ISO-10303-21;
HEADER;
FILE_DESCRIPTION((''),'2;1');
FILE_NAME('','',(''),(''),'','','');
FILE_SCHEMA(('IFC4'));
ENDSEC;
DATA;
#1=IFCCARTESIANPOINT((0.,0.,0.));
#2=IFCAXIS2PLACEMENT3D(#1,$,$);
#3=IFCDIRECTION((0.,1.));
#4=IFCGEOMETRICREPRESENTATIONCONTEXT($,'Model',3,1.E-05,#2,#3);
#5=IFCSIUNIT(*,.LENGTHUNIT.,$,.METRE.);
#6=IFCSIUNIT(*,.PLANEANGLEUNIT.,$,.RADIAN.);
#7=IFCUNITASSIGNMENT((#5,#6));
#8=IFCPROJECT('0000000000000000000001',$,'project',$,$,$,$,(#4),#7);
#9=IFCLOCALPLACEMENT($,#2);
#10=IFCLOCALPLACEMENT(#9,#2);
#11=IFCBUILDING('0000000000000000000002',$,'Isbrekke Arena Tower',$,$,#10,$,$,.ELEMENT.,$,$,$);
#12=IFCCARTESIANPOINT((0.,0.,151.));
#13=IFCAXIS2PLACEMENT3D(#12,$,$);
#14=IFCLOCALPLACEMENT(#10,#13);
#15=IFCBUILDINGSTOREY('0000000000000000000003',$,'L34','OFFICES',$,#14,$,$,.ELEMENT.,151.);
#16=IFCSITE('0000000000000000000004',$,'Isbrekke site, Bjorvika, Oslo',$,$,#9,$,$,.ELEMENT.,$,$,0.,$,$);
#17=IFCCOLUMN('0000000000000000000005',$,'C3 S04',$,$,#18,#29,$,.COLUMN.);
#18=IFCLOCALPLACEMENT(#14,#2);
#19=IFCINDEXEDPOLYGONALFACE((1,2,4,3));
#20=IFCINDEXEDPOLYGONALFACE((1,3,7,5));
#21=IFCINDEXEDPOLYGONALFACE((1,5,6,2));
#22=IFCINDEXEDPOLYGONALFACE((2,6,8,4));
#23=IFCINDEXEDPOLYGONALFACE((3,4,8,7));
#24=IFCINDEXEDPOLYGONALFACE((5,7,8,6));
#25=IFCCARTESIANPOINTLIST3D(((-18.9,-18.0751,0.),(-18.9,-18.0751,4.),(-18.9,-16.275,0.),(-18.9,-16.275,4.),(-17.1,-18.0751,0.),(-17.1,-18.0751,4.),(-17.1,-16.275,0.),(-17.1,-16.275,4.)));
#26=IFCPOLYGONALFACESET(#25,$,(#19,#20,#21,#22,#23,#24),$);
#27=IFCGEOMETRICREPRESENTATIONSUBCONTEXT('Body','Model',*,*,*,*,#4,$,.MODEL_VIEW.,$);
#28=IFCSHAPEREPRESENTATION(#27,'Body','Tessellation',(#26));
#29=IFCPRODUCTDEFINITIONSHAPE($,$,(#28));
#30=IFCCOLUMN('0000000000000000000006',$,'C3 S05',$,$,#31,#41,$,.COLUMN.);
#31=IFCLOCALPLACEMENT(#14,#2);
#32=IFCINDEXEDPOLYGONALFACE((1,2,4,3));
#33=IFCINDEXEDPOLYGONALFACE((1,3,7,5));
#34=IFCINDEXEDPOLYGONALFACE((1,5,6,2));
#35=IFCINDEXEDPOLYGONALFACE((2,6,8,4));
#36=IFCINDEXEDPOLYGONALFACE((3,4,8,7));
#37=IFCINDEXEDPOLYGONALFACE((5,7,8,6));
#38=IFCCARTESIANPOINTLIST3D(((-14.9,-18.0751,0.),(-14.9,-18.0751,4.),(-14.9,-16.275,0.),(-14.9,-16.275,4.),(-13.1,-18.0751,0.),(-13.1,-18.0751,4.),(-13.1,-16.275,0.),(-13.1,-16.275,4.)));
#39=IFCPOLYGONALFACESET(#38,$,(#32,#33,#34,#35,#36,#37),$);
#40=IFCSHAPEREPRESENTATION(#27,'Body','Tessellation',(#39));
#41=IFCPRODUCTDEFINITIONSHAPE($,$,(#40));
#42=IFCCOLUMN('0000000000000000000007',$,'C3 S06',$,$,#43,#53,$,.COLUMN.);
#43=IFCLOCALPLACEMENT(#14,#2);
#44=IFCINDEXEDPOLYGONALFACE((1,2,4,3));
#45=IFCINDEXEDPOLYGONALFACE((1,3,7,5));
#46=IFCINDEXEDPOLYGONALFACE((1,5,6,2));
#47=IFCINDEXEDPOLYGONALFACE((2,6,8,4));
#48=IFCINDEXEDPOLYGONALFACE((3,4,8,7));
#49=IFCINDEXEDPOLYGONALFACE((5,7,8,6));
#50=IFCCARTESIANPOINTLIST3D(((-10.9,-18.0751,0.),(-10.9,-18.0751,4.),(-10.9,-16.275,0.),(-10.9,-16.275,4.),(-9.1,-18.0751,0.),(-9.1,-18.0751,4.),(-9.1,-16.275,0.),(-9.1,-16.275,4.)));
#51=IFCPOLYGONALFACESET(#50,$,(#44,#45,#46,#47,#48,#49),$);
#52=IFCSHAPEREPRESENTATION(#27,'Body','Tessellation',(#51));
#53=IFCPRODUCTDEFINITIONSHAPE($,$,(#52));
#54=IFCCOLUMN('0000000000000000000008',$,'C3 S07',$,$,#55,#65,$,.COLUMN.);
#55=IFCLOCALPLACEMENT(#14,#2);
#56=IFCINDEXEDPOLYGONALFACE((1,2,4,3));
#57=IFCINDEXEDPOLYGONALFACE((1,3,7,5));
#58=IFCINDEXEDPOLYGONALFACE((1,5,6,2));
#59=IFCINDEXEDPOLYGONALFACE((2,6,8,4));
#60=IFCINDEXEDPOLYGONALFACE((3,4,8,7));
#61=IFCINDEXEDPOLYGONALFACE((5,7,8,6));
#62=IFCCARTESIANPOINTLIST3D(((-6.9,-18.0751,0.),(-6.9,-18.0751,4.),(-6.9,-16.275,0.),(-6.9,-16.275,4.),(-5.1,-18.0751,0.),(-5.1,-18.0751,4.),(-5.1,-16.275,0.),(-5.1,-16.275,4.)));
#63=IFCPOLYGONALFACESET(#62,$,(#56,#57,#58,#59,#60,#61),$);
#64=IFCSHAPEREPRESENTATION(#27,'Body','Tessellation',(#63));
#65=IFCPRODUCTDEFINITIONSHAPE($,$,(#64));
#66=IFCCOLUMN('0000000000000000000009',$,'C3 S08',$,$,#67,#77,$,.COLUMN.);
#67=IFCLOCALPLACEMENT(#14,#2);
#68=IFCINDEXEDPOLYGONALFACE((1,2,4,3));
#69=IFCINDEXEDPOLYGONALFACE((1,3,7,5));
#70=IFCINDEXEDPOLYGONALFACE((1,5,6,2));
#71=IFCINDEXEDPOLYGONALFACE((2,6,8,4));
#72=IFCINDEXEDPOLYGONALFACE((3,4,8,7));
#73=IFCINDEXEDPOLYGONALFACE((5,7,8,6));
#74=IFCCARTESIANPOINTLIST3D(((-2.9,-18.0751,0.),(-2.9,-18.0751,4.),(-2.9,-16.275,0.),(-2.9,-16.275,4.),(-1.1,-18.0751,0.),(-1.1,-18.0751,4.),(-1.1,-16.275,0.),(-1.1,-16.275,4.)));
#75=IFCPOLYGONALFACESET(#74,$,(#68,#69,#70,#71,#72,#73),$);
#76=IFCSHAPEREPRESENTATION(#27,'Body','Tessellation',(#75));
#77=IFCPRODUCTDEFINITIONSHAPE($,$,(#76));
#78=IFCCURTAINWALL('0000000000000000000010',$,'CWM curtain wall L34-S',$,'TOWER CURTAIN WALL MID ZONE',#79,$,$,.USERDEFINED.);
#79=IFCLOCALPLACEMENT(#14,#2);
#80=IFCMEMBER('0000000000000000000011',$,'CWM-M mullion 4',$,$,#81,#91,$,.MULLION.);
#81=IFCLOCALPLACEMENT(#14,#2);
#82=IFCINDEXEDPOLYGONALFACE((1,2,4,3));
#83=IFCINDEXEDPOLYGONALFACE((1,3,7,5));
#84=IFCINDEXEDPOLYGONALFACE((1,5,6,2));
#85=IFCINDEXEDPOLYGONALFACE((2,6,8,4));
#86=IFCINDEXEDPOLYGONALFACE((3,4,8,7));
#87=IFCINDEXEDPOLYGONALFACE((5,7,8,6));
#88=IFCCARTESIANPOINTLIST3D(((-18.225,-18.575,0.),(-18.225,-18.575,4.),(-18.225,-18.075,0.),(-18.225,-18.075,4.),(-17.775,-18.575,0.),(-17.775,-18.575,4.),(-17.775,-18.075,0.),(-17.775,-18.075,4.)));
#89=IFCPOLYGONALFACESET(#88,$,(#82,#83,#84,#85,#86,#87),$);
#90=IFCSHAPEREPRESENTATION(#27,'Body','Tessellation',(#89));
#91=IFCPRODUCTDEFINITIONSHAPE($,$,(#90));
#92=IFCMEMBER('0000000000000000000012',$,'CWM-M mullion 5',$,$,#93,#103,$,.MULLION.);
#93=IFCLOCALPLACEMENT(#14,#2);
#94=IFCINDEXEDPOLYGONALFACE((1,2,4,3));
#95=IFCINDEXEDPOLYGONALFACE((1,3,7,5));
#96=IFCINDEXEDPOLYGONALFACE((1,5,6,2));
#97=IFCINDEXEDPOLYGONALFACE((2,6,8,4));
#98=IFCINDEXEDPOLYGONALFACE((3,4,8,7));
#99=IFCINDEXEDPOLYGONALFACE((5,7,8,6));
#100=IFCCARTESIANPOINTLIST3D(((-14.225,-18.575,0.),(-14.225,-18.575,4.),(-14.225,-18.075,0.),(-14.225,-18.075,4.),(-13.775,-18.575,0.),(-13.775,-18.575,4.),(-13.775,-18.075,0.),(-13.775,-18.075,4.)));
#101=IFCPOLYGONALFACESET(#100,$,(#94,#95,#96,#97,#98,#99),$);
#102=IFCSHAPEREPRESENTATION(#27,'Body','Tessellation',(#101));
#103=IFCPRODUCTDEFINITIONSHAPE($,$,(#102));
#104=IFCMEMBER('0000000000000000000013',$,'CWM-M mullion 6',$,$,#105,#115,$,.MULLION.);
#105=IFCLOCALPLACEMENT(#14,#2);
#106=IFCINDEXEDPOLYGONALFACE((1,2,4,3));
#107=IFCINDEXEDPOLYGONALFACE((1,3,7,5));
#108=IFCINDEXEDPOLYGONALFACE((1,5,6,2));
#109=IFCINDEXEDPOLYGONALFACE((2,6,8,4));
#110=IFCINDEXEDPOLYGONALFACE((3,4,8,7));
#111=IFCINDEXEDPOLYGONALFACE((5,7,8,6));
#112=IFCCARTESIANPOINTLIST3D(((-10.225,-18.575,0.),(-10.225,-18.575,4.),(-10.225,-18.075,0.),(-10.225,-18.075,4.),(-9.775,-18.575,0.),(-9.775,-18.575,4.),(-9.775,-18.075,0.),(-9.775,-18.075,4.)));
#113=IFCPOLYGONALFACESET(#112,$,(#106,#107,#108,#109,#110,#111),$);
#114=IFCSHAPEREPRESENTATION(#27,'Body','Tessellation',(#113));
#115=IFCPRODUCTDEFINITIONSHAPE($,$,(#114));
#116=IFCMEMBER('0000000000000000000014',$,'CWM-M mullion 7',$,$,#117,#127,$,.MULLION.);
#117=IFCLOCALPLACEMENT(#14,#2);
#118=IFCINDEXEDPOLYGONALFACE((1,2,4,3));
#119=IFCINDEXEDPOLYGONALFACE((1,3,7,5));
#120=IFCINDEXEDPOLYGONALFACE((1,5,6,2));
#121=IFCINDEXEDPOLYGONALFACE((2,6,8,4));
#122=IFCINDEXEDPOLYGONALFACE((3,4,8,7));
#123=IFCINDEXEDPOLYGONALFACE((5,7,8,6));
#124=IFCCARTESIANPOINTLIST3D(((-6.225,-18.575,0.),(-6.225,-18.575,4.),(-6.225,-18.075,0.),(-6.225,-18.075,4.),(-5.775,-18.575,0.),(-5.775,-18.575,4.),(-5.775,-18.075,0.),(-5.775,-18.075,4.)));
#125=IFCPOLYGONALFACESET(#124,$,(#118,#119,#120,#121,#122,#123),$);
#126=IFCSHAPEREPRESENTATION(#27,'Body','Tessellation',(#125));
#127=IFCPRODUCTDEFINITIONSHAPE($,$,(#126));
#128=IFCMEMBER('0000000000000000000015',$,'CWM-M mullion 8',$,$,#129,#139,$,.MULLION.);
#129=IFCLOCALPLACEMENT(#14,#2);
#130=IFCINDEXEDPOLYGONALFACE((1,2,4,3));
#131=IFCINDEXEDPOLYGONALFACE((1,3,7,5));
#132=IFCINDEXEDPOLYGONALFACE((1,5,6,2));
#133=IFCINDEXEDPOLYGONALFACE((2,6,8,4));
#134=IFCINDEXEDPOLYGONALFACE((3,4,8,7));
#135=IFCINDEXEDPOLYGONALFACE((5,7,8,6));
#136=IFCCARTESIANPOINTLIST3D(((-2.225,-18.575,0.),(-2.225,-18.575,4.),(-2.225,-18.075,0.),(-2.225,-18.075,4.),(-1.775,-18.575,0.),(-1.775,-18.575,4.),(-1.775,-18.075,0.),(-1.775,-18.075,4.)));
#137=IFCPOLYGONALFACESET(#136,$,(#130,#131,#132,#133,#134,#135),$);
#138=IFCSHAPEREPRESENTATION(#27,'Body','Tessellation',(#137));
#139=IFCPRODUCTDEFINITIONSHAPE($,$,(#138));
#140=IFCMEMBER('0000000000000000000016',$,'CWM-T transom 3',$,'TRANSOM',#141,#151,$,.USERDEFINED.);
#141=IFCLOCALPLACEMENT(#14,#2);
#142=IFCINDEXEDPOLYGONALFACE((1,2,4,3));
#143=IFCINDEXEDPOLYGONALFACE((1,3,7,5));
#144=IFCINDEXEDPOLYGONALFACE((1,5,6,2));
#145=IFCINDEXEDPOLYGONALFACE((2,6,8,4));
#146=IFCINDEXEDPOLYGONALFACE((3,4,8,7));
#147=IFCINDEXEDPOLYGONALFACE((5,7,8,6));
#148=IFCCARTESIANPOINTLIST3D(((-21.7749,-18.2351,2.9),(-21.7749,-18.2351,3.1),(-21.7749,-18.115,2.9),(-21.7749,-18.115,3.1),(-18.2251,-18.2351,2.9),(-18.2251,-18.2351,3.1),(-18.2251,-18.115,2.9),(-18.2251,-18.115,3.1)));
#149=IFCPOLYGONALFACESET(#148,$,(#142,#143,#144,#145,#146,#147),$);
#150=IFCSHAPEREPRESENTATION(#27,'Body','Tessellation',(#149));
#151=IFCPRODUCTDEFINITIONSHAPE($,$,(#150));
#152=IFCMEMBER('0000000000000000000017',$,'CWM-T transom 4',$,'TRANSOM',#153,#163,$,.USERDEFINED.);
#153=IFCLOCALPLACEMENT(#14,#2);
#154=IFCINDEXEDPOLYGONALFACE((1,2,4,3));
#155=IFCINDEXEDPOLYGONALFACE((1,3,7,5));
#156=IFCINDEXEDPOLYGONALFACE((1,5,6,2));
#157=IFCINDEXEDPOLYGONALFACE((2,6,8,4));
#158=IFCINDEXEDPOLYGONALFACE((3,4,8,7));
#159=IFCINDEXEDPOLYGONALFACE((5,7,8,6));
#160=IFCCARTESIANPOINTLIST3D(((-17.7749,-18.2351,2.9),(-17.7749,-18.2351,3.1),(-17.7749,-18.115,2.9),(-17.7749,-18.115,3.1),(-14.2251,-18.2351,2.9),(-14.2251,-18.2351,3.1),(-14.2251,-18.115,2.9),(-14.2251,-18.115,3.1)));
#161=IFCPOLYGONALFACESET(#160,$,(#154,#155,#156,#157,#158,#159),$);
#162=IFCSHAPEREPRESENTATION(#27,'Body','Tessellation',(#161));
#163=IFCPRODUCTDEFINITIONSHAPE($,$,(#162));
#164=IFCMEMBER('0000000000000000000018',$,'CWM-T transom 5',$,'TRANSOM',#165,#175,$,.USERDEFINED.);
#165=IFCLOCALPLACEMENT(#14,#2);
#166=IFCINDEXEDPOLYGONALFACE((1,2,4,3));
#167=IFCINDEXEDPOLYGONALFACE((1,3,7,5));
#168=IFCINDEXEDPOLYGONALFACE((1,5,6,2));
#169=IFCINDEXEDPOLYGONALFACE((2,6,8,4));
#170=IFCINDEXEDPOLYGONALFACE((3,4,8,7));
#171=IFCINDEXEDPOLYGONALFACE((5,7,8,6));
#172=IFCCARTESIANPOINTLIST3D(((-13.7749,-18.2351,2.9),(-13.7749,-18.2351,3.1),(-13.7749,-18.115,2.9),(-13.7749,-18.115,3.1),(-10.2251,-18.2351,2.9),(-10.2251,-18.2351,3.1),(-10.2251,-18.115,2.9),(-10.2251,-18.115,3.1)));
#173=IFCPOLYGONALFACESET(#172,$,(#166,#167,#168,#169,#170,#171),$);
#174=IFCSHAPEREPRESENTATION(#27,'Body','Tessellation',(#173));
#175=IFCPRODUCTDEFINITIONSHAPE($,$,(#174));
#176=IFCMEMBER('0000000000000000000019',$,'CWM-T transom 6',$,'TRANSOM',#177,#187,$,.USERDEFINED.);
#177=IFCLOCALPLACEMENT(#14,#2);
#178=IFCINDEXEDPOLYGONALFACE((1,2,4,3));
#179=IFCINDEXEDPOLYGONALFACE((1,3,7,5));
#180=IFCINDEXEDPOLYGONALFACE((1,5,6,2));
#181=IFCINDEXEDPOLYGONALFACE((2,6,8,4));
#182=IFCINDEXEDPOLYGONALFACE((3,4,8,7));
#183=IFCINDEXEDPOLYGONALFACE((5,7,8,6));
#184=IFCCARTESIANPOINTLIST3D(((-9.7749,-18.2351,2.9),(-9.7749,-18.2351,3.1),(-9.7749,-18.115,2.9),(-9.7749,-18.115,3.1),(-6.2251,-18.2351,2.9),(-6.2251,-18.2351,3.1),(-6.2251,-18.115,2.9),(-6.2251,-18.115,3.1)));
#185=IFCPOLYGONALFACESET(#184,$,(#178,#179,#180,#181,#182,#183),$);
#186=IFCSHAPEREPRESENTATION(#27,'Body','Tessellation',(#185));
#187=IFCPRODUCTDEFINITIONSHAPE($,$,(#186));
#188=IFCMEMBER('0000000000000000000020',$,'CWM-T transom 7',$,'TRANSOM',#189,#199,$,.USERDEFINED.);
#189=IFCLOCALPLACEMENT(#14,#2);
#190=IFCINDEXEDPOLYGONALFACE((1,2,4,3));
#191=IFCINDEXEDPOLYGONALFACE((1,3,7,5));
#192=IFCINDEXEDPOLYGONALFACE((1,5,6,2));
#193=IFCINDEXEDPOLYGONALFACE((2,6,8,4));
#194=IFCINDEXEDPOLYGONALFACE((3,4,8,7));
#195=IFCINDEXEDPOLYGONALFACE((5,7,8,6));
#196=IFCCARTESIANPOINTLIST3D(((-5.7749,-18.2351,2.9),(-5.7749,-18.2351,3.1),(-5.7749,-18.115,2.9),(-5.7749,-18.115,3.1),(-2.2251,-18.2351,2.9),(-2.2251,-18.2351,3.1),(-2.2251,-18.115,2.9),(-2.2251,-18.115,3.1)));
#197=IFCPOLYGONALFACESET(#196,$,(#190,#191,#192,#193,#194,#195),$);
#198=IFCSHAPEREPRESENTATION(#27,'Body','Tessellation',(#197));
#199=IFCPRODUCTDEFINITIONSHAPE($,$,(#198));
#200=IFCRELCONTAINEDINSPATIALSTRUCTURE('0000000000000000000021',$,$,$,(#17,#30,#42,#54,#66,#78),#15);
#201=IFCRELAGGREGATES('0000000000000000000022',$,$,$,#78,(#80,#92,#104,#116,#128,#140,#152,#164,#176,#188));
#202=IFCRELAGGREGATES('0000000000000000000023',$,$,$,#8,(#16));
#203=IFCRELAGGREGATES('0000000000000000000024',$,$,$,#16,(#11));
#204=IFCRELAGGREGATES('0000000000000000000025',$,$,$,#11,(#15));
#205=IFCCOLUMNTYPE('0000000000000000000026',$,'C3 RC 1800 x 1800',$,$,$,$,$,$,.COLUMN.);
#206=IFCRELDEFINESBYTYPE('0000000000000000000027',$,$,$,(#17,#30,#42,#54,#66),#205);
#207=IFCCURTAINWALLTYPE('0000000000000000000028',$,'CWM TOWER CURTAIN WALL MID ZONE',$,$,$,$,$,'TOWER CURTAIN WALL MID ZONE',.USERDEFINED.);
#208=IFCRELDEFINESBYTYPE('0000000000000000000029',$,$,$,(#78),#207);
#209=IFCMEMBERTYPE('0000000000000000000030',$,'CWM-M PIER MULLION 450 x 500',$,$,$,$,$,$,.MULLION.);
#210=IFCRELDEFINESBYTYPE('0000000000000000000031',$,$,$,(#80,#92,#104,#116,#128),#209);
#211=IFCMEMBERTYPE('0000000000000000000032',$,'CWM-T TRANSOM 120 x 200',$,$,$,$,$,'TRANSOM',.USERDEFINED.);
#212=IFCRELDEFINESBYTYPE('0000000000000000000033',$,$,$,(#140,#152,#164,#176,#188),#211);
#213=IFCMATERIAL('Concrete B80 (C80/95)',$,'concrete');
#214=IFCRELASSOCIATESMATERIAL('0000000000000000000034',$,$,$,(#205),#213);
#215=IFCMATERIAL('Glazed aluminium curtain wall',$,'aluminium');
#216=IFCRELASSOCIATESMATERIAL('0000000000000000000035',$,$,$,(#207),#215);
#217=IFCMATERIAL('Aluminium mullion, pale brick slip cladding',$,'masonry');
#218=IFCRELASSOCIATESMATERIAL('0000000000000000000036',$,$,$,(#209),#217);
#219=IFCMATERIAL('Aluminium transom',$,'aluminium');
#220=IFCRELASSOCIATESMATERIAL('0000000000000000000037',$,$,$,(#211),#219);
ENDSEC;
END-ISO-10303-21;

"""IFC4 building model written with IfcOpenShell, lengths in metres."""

from ifc_helpers import new_model, si_unit, direction, frame, origin, origin_2d, place, context, subcontext, project, spatial, rectangle, extrude, material, material_profile, profile_set, type_object, element, aggregate, save


model = new_model("IFC4")

# Units and contexts
model_context = context("Model", 3, precision=1e-05, world=origin(), true_north=direction((0.0, 1.0)))
body_context = subcontext(model_context, "Body", "Model", "MODEL_VIEW")
ifc_project = project(units=[si_unit("LENGTHUNIT", "METRE"), si_unit("PLANEANGLEUNIT", "RADIAN")], contexts=[model_context])

# Site, building, storey
site_placement = place(None, origin())
site = spatial("IfcSite", under=ifc_project, at=site_placement, Name="Isbrekke site, Bjorvika, Oslo", CompositionType="ELEMENT", RefElevation=0.0)
building_placement = place(site_placement, origin())
building = spatial("IfcBuilding", under=site, at=building_placement, Name="Isbrekke Arena Tower", CompositionType="ELEMENT")
storey_placement = place(building_placement, frame((0.0, 0.0, 151.0)))
storey = spatial("IfcBuildingStorey", under=building, at=storey_placement, Name="L34", Description="OFFICES", CompositionType="ELEMENT", Elevation=151.0)

# Columns
ifc_material_1 = material(Name="Concrete B80 (C80/95)", Category="concrete")
ifc_material_profile_1 = material_profile(ifc_material_1, rectangle(XDim=1.8, YDim=1.8, at=origin_2d()), Name="RC 1800x1800")
ifc_profile_set_1 = profile_set([ifc_material_profile_1], Name="Concrete B80 (C80/95)")
column_type = type_object("IfcColumnType", Name="C3 RC 1800 x 1800", PredefinedType="COLUMN", material=ifc_profile_set_1)
for number, where, z_axis, x_axis, name in (
    (1, (-18.0, -17.175, 0.0), (0.0, 0.0, 1.0), (1.0, 0.0, 0.0), "C3 S04"),
    (2, (-14.0, -17.175, 0.0), (0.0, 0.0, 1.0), (1.0, 0.0, 0.0), "C3 S05"),
    (3, (-10.0, -17.175, 0.0), (0.0, 0.0, 1.0), (1.0, 0.0, 0.0), "C3 S06"),
    (4, (-6.0, -17.175, 0.0), (0.0, 0.0, 1.0), (1.0, 0.0, 0.0), "C3 S07"),
    (5, (-2.0, -17.175, 0.0), (0.0, 0.0, 1.0), (1.0, 0.0, 0.0), "C3 S08"),
):
    element("IfcColumn", number, at=place(storey_placement, frame(where, z_axis=z_axis, x_axis=x_axis)), inside=storey, type_object=column_type, Name=name, PredefinedType="COLUMN", context=body_context, shape_type="SweptSolid", body=[
        extrude(rectangle(XDim=1.8, YDim=1.8, at=origin_2d()), origin(), (0.0, 0.0, 1.0), 4.0),
    ])

# Curtain wall, members
ifc_material_2 = material(Name="Glazed aluminium curtain wall", Category="aluminium")
curtain_wall_type = type_object("IfcCurtainWallType", Name="CWM TOWER CURTAIN WALL MID ZONE", ElementType="TOWER CURTAIN WALL MID ZONE", PredefinedType="USERDEFINED", material=ifc_material_2)
curtain_wall_placement = place(storey_placement, origin())
curtain_wall = element("IfcCurtainWall", 6, at=curtain_wall_placement, inside=storey, type_object=curtain_wall_type, Name="CWM curtain wall L34-S", ObjectType="TOWER CURTAIN WALL MID ZONE", PredefinedType="USERDEFINED")
ifc_material_3 = material(Name="Aluminium mullion, pale brick slip cladding", Category="masonry")
ifc_material_profile_2 = material_profile(ifc_material_3, rectangle(XDim=0.45, YDim=0.5, at=origin_2d()), Name="PIER 450X500")
ifc_profile_set_2 = profile_set([ifc_material_profile_2], Name="Aluminium mullion, pale brick slip cladding")
member_type_1 = type_object("IfcMemberType", Name="CWM-M PIER MULLION 450 x 500", PredefinedType="MULLION", material=ifc_profile_set_2)
member_1_placement = place(storey_placement, frame((-18.0, -18.325, 0.0), z_axis=(0.0, 0.0, 1.0), x_axis=(1.0, 0.0, 0.0)))
member_1 = element("IfcMember", 7, at=member_1_placement, type_object=member_type_1, Name="CWM-M mullion 4", PredefinedType="MULLION", context=body_context, shape_type="SweptSolid", body=[
    extrude(rectangle(XDim=0.45, YDim=0.5, at=origin_2d()), origin(), (0.0, 0.0, 1.0), 4.0),
])
member_2_placement = place(storey_placement, frame((-14.0, -18.325, 0.0), z_axis=(0.0, 0.0, 1.0), x_axis=(1.0, 0.0, 0.0)))
member_2 = element("IfcMember", 8, at=member_2_placement, type_object=member_type_1, Name="CWM-M mullion 5", PredefinedType="MULLION", context=body_context, shape_type="SweptSolid", body=[
    extrude(rectangle(XDim=0.45, YDim=0.5, at=origin_2d()), origin(), (0.0, 0.0, 1.0), 4.0),
])
member_3_placement = place(storey_placement, frame((-10.0, -18.325, 0.0), z_axis=(0.0, 0.0, 1.0), x_axis=(1.0, 0.0, 0.0)))
member_3 = element("IfcMember", 9, at=member_3_placement, type_object=member_type_1, Name="CWM-M mullion 6", PredefinedType="MULLION", context=body_context, shape_type="SweptSolid", body=[
    extrude(rectangle(XDim=0.45, YDim=0.5, at=origin_2d()), origin(), (0.0, 0.0, 1.0), 4.0),
])
member_4_placement = place(storey_placement, frame((-6.0, -18.325, 0.0), z_axis=(0.0, 0.0, 1.0), x_axis=(1.0, 0.0, 0.0)))
member_4 = element("IfcMember", 10, at=member_4_placement, type_object=member_type_1, Name="CWM-M mullion 7", PredefinedType="MULLION", context=body_context, shape_type="SweptSolid", body=[
    extrude(rectangle(XDim=0.45, YDim=0.5, at=origin_2d()), origin(), (0.0, 0.0, 1.0), 4.0),
])
member_5_placement = place(storey_placement, frame((-2.0, -18.325, 0.0), z_axis=(0.0, 0.0, 1.0), x_axis=(1.0, 0.0, 0.0)))
member_5 = element("IfcMember", 11, at=member_5_placement, type_object=member_type_1, Name="CWM-M mullion 8", PredefinedType="MULLION", context=body_context, shape_type="SweptSolid", body=[
    extrude(rectangle(XDim=0.45, YDim=0.5, at=origin_2d()), origin(), (0.0, 0.0, 1.0), 4.0),
])
ifc_material_4 = material(Name="Aluminium transom", Category="aluminium")
ifc_material_profile_3 = material_profile(ifc_material_4, rectangle(XDim=0.1201, YDim=0.2, at=origin_2d()), Name="TRANSOM 120X200")
ifc_profile_set_3 = profile_set([ifc_material_profile_3], Name="Aluminium transom")
member_type_2 = type_object("IfcMemberType", Name="CWM-T TRANSOM 120 x 200", ElementType="TRANSOM", PredefinedType="USERDEFINED", material=ifc_profile_set_3)
member_6_placement = place(storey_placement, frame((-21.7749, -18.175, 3.0), z_axis=(1.0, 0.0, 0.0), x_axis=(0.0, 1.0, 0.0)))
member_6 = element("IfcMember", 12, at=member_6_placement, type_object=member_type_2, Name="CWM-T transom 3", ObjectType="TRANSOM", PredefinedType="USERDEFINED", context=body_context, shape_type="SweptSolid", body=[
    extrude(rectangle(XDim=0.1201, YDim=0.2, at=origin_2d()), origin(), (0.0, 0.0, 1.0), 3.5498),
])
member_7_placement = place(storey_placement, frame((-17.7749, -18.175, 3.0), z_axis=(1.0, 0.0, 0.0), x_axis=(0.0, 1.0, 0.0)))
member_7 = element("IfcMember", 13, at=member_7_placement, type_object=member_type_2, Name="CWM-T transom 4", ObjectType="TRANSOM", PredefinedType="USERDEFINED", context=body_context, shape_type="SweptSolid", body=[
    extrude(rectangle(XDim=0.1201, YDim=0.2, at=origin_2d()), origin(), (0.0, 0.0, 1.0), 3.5498),
])
member_8_placement = place(storey_placement, frame((-13.7749, -18.175, 3.0), z_axis=(1.0, 0.0, 0.0), x_axis=(0.0, 1.0, 0.0)))
member_8 = element("IfcMember", 14, at=member_8_placement, type_object=member_type_2, Name="CWM-T transom 5", ObjectType="TRANSOM", PredefinedType="USERDEFINED", context=body_context, shape_type="SweptSolid", body=[
    extrude(rectangle(XDim=0.1201, YDim=0.2, at=origin_2d()), origin(), (0.0, 0.0, 1.0), 3.5498),
])
member_9_placement = place(storey_placement, frame((-9.7749, -18.175, 3.0), z_axis=(1.0, 0.0, 0.0), x_axis=(0.0, 1.0, 0.0)))
member_9 = element("IfcMember", 15, at=member_9_placement, type_object=member_type_2, Name="CWM-T transom 6", ObjectType="TRANSOM", PredefinedType="USERDEFINED", context=body_context, shape_type="SweptSolid", body=[
    extrude(rectangle(XDim=0.1201, YDim=0.2, at=origin_2d()), origin(), (0.0, 0.0, 1.0), 3.5498),
])
member_10_placement = place(storey_placement, frame((-5.7749, -18.175, 3.0), z_axis=(1.0, 0.0, 0.0), x_axis=(0.0, 1.0, 0.0)))
member_10 = element("IfcMember", 16, at=member_10_placement, type_object=member_type_2, Name="CWM-T transom 7", ObjectType="TRANSOM", PredefinedType="USERDEFINED", context=body_context, shape_type="SweptSolid", body=[
    extrude(rectangle(XDim=0.1201, YDim=0.2, at=origin_2d()), origin(), (0.0, 0.0, 1.0), 3.5498),
])

aggregate(curtain_wall, [member_1, member_2, member_3, member_4, member_5, member_6, member_7, member_8, member_9, member_10])

save(model, "model.ifc")
